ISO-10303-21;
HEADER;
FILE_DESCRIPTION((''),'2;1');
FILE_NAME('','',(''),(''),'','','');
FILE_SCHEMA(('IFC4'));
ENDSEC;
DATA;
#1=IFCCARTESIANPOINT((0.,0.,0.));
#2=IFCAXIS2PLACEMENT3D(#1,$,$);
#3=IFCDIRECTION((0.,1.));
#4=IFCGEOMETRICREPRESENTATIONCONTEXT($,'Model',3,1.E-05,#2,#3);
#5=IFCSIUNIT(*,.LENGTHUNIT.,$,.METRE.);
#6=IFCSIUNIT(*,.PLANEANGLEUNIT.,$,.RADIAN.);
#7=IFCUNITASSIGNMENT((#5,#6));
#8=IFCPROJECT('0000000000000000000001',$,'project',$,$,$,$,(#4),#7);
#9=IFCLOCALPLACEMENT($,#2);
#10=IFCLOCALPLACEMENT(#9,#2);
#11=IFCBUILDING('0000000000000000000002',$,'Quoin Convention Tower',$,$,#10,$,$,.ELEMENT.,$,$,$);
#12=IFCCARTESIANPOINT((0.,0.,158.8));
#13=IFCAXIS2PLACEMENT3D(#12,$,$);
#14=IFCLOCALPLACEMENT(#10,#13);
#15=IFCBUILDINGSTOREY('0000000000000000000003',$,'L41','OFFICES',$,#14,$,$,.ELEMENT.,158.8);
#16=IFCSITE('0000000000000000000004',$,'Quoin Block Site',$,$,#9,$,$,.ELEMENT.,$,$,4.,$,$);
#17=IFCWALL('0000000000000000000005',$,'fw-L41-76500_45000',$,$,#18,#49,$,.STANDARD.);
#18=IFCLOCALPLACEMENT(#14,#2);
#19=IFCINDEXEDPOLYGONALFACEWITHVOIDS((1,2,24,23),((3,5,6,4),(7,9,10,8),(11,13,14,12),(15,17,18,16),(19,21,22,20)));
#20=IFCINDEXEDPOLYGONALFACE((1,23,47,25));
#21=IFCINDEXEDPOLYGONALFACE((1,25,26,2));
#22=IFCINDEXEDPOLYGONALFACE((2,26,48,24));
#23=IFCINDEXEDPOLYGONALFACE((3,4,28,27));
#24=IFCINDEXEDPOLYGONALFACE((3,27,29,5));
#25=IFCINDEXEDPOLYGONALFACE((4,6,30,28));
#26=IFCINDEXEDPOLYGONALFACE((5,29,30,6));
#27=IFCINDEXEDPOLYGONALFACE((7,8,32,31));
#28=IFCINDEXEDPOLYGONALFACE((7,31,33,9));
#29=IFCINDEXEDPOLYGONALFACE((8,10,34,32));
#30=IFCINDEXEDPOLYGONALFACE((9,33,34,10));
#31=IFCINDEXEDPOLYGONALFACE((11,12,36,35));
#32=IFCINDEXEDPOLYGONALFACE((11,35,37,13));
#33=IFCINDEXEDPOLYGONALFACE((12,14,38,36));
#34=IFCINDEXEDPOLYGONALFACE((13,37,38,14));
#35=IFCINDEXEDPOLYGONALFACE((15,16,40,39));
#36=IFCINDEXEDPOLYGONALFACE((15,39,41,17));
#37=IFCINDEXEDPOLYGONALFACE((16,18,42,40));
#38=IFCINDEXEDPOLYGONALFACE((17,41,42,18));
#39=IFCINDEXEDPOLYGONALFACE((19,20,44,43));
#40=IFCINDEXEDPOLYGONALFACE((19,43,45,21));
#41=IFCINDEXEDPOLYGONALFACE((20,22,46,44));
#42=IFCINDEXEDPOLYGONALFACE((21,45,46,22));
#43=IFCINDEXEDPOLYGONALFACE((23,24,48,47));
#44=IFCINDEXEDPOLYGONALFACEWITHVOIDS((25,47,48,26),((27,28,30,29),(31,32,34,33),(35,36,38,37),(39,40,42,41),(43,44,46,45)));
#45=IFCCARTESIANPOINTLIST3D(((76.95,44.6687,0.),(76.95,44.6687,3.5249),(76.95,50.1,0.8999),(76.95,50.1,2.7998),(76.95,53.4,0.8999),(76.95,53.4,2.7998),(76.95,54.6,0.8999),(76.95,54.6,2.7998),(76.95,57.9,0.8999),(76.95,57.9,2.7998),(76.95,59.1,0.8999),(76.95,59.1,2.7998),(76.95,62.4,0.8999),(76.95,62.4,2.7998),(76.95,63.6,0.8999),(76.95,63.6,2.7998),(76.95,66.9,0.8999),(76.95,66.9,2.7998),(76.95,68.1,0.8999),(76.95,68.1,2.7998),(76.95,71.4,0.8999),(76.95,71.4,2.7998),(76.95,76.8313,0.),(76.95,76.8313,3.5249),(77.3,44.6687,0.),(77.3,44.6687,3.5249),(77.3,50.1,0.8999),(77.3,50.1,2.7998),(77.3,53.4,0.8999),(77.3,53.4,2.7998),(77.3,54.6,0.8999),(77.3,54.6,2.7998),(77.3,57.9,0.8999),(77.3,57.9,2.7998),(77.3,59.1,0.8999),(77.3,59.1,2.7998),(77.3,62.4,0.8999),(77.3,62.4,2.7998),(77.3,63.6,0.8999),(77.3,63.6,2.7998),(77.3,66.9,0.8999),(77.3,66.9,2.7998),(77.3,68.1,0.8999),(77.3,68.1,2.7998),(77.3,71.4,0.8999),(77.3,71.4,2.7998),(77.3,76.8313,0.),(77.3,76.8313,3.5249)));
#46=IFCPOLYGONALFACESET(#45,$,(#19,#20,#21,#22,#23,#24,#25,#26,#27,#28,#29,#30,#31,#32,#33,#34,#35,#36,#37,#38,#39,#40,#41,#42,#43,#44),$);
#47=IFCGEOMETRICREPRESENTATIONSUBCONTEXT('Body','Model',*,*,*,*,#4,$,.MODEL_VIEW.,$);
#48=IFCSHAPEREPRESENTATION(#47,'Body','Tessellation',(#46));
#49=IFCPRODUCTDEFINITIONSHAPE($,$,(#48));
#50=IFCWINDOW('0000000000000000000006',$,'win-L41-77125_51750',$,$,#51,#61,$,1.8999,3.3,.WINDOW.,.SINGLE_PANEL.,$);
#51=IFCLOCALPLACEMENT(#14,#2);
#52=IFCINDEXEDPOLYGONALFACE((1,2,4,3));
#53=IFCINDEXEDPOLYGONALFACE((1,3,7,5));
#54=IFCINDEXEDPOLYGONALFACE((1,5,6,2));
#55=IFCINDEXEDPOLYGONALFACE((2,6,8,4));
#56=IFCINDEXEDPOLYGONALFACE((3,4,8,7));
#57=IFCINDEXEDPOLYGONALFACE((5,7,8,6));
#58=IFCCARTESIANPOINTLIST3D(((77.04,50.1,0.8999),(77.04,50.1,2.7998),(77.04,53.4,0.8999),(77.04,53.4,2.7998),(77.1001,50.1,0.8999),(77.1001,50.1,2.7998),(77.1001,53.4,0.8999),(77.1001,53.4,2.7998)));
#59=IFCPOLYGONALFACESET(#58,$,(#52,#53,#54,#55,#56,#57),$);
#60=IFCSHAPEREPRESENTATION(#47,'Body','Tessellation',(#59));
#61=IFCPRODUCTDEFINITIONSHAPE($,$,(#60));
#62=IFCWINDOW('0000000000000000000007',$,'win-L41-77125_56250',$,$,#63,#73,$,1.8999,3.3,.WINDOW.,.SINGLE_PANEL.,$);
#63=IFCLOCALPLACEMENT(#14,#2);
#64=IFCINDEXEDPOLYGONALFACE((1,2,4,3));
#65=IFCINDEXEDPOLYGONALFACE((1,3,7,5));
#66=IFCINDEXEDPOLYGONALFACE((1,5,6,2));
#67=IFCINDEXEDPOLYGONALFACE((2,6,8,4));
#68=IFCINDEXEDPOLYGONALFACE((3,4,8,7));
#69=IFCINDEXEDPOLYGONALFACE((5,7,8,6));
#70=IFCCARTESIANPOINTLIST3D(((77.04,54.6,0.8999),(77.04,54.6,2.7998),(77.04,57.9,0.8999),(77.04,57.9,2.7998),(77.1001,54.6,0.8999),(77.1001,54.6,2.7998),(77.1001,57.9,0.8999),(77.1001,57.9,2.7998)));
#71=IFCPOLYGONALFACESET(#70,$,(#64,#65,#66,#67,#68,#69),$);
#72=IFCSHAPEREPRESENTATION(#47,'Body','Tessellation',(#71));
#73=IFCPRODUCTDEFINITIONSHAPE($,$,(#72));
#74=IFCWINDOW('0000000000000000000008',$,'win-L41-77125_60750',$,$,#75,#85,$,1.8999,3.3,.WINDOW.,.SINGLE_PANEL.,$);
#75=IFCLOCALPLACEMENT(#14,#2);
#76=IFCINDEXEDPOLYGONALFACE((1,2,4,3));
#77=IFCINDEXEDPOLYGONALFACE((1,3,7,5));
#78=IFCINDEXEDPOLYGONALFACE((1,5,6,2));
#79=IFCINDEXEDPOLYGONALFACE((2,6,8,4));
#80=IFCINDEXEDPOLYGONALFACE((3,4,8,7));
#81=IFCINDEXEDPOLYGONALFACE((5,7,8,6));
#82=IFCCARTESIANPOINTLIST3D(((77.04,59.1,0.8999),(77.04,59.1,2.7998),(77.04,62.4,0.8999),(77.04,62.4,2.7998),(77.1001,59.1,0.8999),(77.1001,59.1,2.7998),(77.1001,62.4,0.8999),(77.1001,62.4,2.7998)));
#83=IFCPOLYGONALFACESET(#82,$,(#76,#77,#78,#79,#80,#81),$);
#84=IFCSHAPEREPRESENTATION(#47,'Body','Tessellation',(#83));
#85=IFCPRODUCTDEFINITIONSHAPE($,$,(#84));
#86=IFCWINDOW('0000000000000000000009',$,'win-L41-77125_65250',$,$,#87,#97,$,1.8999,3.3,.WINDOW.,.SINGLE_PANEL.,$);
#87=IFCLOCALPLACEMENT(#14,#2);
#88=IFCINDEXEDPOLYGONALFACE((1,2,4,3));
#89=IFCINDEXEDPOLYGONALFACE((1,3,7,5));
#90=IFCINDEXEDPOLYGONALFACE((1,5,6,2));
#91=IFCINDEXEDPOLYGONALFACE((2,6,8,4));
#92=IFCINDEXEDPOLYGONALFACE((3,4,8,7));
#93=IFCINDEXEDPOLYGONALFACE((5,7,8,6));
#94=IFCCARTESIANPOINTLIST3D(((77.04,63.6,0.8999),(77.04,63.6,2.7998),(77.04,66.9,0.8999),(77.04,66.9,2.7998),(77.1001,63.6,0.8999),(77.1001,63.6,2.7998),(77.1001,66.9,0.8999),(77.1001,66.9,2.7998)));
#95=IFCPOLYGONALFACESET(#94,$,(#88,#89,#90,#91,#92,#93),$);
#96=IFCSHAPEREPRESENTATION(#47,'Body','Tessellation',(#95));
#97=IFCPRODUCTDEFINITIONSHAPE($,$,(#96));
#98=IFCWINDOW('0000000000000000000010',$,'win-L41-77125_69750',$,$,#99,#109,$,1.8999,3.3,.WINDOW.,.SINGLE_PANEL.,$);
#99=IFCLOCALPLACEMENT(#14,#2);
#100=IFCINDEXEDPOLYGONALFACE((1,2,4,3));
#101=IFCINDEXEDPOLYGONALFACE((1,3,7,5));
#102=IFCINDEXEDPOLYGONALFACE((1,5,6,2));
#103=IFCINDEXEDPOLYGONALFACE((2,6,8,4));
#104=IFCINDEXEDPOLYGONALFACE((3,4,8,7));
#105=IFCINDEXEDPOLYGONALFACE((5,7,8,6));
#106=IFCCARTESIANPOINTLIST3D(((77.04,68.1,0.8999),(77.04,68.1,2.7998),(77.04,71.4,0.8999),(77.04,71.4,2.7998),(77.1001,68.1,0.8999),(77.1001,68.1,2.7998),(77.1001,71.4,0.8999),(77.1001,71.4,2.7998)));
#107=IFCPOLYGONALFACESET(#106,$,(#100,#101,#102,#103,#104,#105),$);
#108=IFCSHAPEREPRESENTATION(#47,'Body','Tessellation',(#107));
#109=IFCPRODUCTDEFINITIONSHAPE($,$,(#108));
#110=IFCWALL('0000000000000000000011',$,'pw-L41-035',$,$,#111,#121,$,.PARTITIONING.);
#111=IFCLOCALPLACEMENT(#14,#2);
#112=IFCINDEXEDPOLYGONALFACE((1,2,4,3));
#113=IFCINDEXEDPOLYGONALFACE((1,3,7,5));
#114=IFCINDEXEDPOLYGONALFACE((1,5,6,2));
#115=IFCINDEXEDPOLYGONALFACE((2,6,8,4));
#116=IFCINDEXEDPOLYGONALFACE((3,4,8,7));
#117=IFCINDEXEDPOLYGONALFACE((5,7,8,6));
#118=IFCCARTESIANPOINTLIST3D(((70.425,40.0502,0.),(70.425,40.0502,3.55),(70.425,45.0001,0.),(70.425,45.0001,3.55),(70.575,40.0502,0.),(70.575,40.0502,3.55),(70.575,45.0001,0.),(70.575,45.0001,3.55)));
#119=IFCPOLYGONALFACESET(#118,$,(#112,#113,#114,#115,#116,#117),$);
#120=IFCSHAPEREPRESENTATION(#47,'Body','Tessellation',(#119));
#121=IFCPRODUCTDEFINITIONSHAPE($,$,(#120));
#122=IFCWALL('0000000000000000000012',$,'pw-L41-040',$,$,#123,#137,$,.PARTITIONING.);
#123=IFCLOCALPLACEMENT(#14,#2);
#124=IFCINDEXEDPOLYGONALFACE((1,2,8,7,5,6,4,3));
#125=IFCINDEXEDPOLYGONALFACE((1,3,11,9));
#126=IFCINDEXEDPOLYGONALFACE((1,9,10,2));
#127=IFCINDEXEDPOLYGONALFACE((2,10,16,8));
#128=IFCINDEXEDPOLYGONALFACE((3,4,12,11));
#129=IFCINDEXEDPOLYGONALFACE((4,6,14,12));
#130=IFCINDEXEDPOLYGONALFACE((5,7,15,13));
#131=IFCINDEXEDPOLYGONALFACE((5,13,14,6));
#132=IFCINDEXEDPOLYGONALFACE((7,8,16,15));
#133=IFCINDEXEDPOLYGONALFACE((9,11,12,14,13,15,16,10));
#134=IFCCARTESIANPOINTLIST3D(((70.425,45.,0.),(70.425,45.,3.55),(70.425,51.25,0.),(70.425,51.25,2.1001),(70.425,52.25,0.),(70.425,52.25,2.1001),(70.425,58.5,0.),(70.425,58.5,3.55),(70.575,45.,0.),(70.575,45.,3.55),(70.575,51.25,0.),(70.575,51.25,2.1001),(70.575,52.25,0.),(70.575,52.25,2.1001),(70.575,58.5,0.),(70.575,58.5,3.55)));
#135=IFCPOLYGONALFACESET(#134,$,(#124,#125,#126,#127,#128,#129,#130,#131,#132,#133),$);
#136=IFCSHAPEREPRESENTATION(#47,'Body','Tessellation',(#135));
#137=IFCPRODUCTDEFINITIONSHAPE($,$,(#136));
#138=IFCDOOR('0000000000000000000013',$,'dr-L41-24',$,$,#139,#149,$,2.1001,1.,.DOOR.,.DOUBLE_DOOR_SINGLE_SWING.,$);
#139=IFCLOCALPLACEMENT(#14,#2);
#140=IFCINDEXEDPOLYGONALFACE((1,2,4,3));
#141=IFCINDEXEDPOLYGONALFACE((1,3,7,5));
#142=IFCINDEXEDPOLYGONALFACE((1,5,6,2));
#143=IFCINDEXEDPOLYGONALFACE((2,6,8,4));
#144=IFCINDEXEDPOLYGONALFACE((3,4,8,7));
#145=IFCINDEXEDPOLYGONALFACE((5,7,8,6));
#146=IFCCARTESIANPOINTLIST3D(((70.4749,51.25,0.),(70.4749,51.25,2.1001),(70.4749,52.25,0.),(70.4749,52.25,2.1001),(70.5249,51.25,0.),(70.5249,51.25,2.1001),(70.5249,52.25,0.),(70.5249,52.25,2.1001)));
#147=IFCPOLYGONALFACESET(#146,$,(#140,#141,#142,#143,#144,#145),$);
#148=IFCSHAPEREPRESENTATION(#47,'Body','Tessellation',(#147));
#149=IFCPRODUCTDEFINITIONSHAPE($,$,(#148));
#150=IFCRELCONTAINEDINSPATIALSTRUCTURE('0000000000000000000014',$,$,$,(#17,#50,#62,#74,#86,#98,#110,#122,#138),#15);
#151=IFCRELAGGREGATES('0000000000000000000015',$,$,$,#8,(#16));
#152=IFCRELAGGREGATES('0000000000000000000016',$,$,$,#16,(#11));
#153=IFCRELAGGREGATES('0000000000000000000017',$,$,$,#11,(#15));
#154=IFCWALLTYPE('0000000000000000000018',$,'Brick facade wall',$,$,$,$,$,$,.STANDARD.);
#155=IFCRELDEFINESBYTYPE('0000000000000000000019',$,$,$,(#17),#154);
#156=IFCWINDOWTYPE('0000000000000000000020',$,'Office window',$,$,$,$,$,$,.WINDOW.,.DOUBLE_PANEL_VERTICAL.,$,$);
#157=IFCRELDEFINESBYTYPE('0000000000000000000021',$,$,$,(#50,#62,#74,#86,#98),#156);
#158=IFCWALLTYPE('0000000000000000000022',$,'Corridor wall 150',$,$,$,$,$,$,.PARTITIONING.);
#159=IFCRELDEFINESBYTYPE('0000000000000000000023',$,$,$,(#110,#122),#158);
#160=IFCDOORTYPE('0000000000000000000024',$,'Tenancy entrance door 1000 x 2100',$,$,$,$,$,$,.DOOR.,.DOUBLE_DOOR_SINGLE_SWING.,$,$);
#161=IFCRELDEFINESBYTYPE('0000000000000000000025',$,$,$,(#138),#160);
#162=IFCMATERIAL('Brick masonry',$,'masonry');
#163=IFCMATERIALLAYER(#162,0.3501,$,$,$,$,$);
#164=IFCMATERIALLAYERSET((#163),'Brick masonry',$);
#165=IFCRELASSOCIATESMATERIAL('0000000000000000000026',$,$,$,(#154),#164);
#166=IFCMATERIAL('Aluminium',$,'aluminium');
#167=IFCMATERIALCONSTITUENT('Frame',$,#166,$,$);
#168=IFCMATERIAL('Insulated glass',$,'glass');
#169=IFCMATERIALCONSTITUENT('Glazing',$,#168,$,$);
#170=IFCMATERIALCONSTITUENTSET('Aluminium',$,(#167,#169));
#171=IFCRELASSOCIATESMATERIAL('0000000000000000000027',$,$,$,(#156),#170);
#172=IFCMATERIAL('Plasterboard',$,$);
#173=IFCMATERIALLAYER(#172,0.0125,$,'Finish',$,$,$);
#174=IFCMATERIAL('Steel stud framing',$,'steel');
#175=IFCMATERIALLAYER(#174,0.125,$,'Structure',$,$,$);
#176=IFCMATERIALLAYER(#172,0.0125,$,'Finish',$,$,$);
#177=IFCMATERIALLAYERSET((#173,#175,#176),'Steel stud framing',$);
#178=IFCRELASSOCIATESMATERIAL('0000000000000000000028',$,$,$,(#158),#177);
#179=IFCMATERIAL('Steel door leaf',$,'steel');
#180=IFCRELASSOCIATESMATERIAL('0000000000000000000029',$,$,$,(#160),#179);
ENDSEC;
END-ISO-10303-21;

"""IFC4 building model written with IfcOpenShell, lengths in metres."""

from ifc_helpers import new_model, si_unit, direction, frame, frame_2d, origin, place, context, subcontext, project, spatial, rectangle, extrude, material, layer, layer_set, constituent, constituent_set, type_object, element, fill, save


model = new_model("IFC4")

# Units and contexts
model_context = context("Model", 3, precision=1e-05, world=origin(), true_north=direction((0.0, 1.0)))
body_context = subcontext(model_context, "Body", "Model", "MODEL_VIEW")
ifc_project = project(units=[si_unit("LENGTHUNIT", "METRE"), si_unit("PLANEANGLEUNIT", "RADIAN")], contexts=[model_context])

# Site, building, storey
site_placement = place(None, origin())
site = spatial("IfcSite", under=ifc_project, at=site_placement, Name="Quoin Block Site", CompositionType="ELEMENT", RefElevation=4.0)
building_placement = place(site_placement, origin())
building = spatial("IfcBuilding", under=site, at=building_placement, Name="Quoin Convention Tower", CompositionType="ELEMENT")
storey_placement = place(building_placement, frame((0.0, 0.0, 158.8)))
storey = spatial("IfcBuildingStorey", under=building, at=storey_placement, Name="L41", Description="OFFICES", CompositionType="ELEMENT", Elevation=158.8)

# Shared definitions
ifc_material_1 = material(Name="Brick masonry", Category="masonry")
ifc_layer_1 = layer(ifc_material_1, 0.3501)
ifc_layer_set_1 = layer_set([ifc_layer_1], Name="Brick masonry")
wall_type_1 = type_object("IfcWallType", Name="Brick facade wall", PredefinedType="STANDARD", material=ifc_layer_set_1)
ifc_material_2 = material(Name="Aluminium", Category="aluminium")
ifc_constituent_1 = constituent(ifc_material_2, Name="Frame")
ifc_material_3 = material(Name="Insulated glass", Category="glass")
ifc_constituent_2 = constituent(ifc_material_3, Name="Glazing")
ifc_constituent_set = constituent_set(constituents=[ifc_constituent_1, ifc_constituent_2], Name="Aluminium")
window_type = type_object("IfcWindowType", Name="Office window", PartitioningType="DOUBLE_PANEL_VERTICAL", PredefinedType="WINDOW", material=ifc_constituent_set)

# Wall, openings, windows
wall_1_placement = place(storey_placement, frame((77.125, 44.6687, 0.0), z_axis=(0.0, 0.0, 1.0), x_axis=(0.0, 1.0, 0.0)))
wall_1 = element("IfcWall", 1, at=wall_1_placement, inside=storey, type_object=wall_type_1, Name="fw-L41-76500_45000", PredefinedType="STANDARD", context=body_context, shape_type="SweptSolid", body=[
    extrude(rectangle(XDim=32.1626, YDim=0.3501, at=frame_2d((16.0813, 0.0))), origin(), (0.0, 0.0, 1.0), 3.5249),
])
opening_1_placement = place(wall_1_placement, frame((5.4314, 0.0, 0.8999)))
opening_1 = element("IfcOpeningElement", 2, at=opening_1_placement, cuts=wall_1, PredefinedType="OPENING", context=body_context, shape_type="SweptSolid", body=[
    extrude(rectangle(XDim=3.3, YDim=1.8999, at=frame_2d((1.6499, 0.95))), frame((0.0, 0.1851, 0.0), z_axis=(0.0, -1.0, 0.0), x_axis=(1.0, 0.0, 0.0)), (0.0, 0.0, 1.0), 0.3701),
])
opening_2_placement = place(wall_1_placement, frame((9.9314, 0.0, 0.8999)))
opening_2 = element("IfcOpeningElement", 3, at=opening_2_placement, cuts=wall_1, PredefinedType="OPENING", context=body_context, shape_type="SweptSolid", body=[
    extrude(rectangle(XDim=3.3, YDim=1.8999, at=frame_2d((1.6499, 0.95))), frame((0.0, 0.1851, 0.0), z_axis=(0.0, -1.0, 0.0), x_axis=(1.0, 0.0, 0.0)), (0.0, 0.0, 1.0), 0.3701),
])
opening_3_placement = place(wall_1_placement, frame((14.4314, 0.0, 0.8999)))
opening_3 = element("IfcOpeningElement", 4, at=opening_3_placement, cuts=wall_1, PredefinedType="OPENING", context=body_context, shape_type="SweptSolid", body=[
    extrude(rectangle(XDim=3.3, YDim=1.8999, at=frame_2d((1.6499, 0.95))), frame((0.0, 0.1851, 0.0), z_axis=(0.0, -1.0, 0.0), x_axis=(1.0, 0.0, 0.0)), (0.0, 0.0, 1.0), 0.3701),
])
opening_4_placement = place(wall_1_placement, frame((18.9314, 0.0, 0.8999)))
opening_4 = element("IfcOpeningElement", 5, at=opening_4_placement, cuts=wall_1, PredefinedType="OPENING", context=body_context, shape_type="SweptSolid", body=[
    extrude(rectangle(XDim=3.3, YDim=1.8999, at=frame_2d((1.6499, 0.95))), frame((0.0, 0.1851, 0.0), z_axis=(0.0, -1.0, 0.0), x_axis=(1.0, 0.0, 0.0)), (0.0, 0.0, 1.0), 0.3701),
])
opening_5_placement = place(wall_1_placement, frame((23.4314, 0.0, 0.8999)))
opening_5 = element("IfcOpeningElement", 6, at=opening_5_placement, cuts=wall_1, PredefinedType="OPENING", context=body_context, shape_type="SweptSolid", body=[
    extrude(rectangle(XDim=3.3, YDim=1.8999, at=frame_2d((1.6499, 0.95))), frame((0.0, 0.1851, 0.0), z_axis=(0.0, -1.0, 0.0), x_axis=(1.0, 0.0, 0.0)), (0.0, 0.0, 1.0), 0.3701),
])
window_1_placement = place(opening_1_placement, origin())
window_1 = element("IfcWindow", 7, at=window_1_placement, inside=storey, type_object=window_type, Name="win-L41-77125_51750", OverallHeight=1.8999, OverallWidth=3.3, PartitioningType="SINGLE_PANEL", PredefinedType="WINDOW", context=body_context, shape_type="SweptSolid", body=[
    extrude(rectangle(XDim=3.3, YDim=1.8999, at=frame_2d((1.6499, 0.95))), frame((0.0, 0.085, 0.0), z_axis=(0.0, -1.0, 0.0), x_axis=(1.0, 0.0, 0.0)), (0.0, 0.0, 1.0), 0.0601),
])
fill(opening_1, window_1)
window_2_placement = place(opening_2_placement, origin())
window_2 = element("IfcWindow", 8, at=window_2_placement, inside=storey, type_object=window_type, Name="win-L41-77125_56250", OverallHeight=1.8999, OverallWidth=3.3, PartitioningType="SINGLE_PANEL", PredefinedType="WINDOW", context=body_context, shape_type="SweptSolid", body=[
    extrude(rectangle(XDim=3.3, YDim=1.8999, at=frame_2d((1.6499, 0.95))), frame((0.0, 0.085, 0.0), z_axis=(0.0, -1.0, 0.0), x_axis=(1.0, 0.0, 0.0)), (0.0, 0.0, 1.0), 0.0601),
])
fill(opening_2, window_2)
window_3_placement = place(opening_3_placement, origin())
window_3 = element("IfcWindow", 9, at=window_3_placement, inside=storey, type_object=window_type, Name="win-L41-77125_60750", OverallHeight=1.8999, OverallWidth=3.3, PartitioningType="SINGLE_PANEL", PredefinedType="WINDOW", context=body_context, shape_type="SweptSolid", body=[
    extrude(rectangle(XDim=3.3, YDim=1.8999, at=frame_2d((1.6499, 0.95))), frame((0.0, 0.085, 0.0), z_axis=(0.0, -1.0, 0.0), x_axis=(1.0, 0.0, 0.0)), (0.0, 0.0, 1.0), 0.0601),
])
fill(opening_3, window_3)
window_4_placement = place(opening_4_placement, origin())
window_4 = element("IfcWindow", 10, at=window_4_placement, inside=storey, type_object=window_type, Name="win-L41-77125_65250", OverallHeight=1.8999, OverallWidth=3.3, PartitioningType="SINGLE_PANEL", PredefinedType="WINDOW", context=body_context, shape_type="SweptSolid", body=[
    extrude(rectangle(XDim=3.3, YDim=1.8999, at=frame_2d((1.6499, 0.95))), frame((0.0, 0.085, 0.0), z_axis=(0.0, -1.0, 0.0), x_axis=(1.0, 0.0, 0.0)), (0.0, 0.0, 1.0), 0.0601),
])
fill(opening_4, window_4)
window_5_placement = place(opening_5_placement, origin())
window_5 = element("IfcWindow", 11, at=window_5_placement, inside=storey, type_object=window_type, Name="win-L41-77125_69750", OverallHeight=1.8999, OverallWidth=3.3, PartitioningType="SINGLE_PANEL", PredefinedType="WINDOW", context=body_context, shape_type="SweptSolid", body=[
    extrude(rectangle(XDim=3.3, YDim=1.8999, at=frame_2d((1.6499, 0.95))), frame((0.0, 0.085, 0.0), z_axis=(0.0, -1.0, 0.0), x_axis=(1.0, 0.0, 0.0)), (0.0, 0.0, 1.0), 0.0601),
])
fill(opening_5, window_5)

# Wall
ifc_material_4 = material(Name="Plasterboard")
ifc_layer_2 = layer(ifc_material_4, 0.0125, Name="Finish")
ifc_material_5 = material(Name="Steel stud framing", Category="steel")
ifc_layer_3 = layer(ifc_material_5, 0.125, Name="Structure")
ifc_layer_4 = layer(ifc_material_4, 0.0125, Name="Finish")
ifc_layer_set_2 = layer_set([ifc_layer_2, ifc_layer_3, ifc_layer_4], Name="Steel stud framing")
wall_type_2 = type_object("IfcWallType", Name="Corridor wall 150", PredefinedType="PARTITIONING", material=ifc_layer_set_2)
wall_2_placement = place(storey_placement, frame((70.5, 40.05, 0.0), z_axis=(0.0, 0.0, 1.0), x_axis=(0.0, 1.0, 0.0)))
element("IfcWall", 12, at=wall_2_placement, inside=storey, type_object=wall_type_2, Name="pw-L41-035", PredefinedType="PARTITIONING", context=body_context, shape_type="SweptSolid", body=[
    extrude(rectangle(XDim=4.95, YDim=0.1499, at=frame_2d((2.4751, 0.0))), origin(), (0.0, 0.0, 1.0), 3.55),
])

# Wall, opening, door
wall_3_placement = place(storey_placement, frame((70.5, 45.0, 0.0), z_axis=(0.0, 0.0, 1.0), x_axis=(0.0, 1.0, 0.0)))
wall_3 = element("IfcWall", 13, at=wall_3_placement, inside=storey, type_object=wall_type_2, Name="pw-L41-040", PredefinedType="PARTITIONING", context=body_context, shape_type="SweptSolid", body=[
    extrude(rectangle(XDim=13.5, YDim=0.1499, at=frame_2d((6.75, 0.0))), origin(), (0.0, 0.0, 1.0), 3.55),
])
opening_6_placement = place(wall_3_placement, frame((6.25, 0.0, 0.0)))
opening_6 = element("IfcOpeningElement", 14, at=opening_6_placement, cuts=wall_3, PredefinedType="OPENING", context=body_context, shape_type="SweptSolid", body=[
    extrude(rectangle(XDim=1.0, YDim=2.1001, at=frame_2d((0.5, 1.05))), frame((0.0, 0.085, 0.0), z_axis=(0.0, -1.0, 0.0), x_axis=(1.0, 0.0, 0.0)), (0.0, 0.0, 1.0), 0.1699),
])
ifc_material_6 = material(Name="Steel door leaf", Category="steel")
door_type_1 = type_object("IfcDoorType", Name="Tenancy entrance door 1000 x 2100", OperationType="DOUBLE_DOOR_SINGLE_SWING", PredefinedType="DOOR", material=ifc_material_6)
door_1_placement = place(opening_6_placement, frame((1.0, 0.0, 0.0), z_axis=(0.0, 0.0, 1.0), x_axis=(-1.0, 0.0, 0.0)))
door_1 = element("IfcDoor", 15, at=door_1_placement, inside=storey, type_object=door_type_1, Name="dr-L41-24", OperationType="DOUBLE_DOOR_SINGLE_SWING", OverallHeight=2.1001, OverallWidth=1.0, PredefinedType="DOOR", context=body_context, shape_type="SweptSolid", body=[
    extrude(rectangle(XDim=1.0, YDim=2.1001, at=frame_2d((0.5, 1.05))), frame((0.0, 0.0249, 0.0), z_axis=(0.0, -1.0, 0.0), x_axis=(1.0, 0.0, 0.0)), (0.0, 0.0, 1.0), 0.05),
])
fill(opening_6, door_1)

save(model, "model.ifc")
